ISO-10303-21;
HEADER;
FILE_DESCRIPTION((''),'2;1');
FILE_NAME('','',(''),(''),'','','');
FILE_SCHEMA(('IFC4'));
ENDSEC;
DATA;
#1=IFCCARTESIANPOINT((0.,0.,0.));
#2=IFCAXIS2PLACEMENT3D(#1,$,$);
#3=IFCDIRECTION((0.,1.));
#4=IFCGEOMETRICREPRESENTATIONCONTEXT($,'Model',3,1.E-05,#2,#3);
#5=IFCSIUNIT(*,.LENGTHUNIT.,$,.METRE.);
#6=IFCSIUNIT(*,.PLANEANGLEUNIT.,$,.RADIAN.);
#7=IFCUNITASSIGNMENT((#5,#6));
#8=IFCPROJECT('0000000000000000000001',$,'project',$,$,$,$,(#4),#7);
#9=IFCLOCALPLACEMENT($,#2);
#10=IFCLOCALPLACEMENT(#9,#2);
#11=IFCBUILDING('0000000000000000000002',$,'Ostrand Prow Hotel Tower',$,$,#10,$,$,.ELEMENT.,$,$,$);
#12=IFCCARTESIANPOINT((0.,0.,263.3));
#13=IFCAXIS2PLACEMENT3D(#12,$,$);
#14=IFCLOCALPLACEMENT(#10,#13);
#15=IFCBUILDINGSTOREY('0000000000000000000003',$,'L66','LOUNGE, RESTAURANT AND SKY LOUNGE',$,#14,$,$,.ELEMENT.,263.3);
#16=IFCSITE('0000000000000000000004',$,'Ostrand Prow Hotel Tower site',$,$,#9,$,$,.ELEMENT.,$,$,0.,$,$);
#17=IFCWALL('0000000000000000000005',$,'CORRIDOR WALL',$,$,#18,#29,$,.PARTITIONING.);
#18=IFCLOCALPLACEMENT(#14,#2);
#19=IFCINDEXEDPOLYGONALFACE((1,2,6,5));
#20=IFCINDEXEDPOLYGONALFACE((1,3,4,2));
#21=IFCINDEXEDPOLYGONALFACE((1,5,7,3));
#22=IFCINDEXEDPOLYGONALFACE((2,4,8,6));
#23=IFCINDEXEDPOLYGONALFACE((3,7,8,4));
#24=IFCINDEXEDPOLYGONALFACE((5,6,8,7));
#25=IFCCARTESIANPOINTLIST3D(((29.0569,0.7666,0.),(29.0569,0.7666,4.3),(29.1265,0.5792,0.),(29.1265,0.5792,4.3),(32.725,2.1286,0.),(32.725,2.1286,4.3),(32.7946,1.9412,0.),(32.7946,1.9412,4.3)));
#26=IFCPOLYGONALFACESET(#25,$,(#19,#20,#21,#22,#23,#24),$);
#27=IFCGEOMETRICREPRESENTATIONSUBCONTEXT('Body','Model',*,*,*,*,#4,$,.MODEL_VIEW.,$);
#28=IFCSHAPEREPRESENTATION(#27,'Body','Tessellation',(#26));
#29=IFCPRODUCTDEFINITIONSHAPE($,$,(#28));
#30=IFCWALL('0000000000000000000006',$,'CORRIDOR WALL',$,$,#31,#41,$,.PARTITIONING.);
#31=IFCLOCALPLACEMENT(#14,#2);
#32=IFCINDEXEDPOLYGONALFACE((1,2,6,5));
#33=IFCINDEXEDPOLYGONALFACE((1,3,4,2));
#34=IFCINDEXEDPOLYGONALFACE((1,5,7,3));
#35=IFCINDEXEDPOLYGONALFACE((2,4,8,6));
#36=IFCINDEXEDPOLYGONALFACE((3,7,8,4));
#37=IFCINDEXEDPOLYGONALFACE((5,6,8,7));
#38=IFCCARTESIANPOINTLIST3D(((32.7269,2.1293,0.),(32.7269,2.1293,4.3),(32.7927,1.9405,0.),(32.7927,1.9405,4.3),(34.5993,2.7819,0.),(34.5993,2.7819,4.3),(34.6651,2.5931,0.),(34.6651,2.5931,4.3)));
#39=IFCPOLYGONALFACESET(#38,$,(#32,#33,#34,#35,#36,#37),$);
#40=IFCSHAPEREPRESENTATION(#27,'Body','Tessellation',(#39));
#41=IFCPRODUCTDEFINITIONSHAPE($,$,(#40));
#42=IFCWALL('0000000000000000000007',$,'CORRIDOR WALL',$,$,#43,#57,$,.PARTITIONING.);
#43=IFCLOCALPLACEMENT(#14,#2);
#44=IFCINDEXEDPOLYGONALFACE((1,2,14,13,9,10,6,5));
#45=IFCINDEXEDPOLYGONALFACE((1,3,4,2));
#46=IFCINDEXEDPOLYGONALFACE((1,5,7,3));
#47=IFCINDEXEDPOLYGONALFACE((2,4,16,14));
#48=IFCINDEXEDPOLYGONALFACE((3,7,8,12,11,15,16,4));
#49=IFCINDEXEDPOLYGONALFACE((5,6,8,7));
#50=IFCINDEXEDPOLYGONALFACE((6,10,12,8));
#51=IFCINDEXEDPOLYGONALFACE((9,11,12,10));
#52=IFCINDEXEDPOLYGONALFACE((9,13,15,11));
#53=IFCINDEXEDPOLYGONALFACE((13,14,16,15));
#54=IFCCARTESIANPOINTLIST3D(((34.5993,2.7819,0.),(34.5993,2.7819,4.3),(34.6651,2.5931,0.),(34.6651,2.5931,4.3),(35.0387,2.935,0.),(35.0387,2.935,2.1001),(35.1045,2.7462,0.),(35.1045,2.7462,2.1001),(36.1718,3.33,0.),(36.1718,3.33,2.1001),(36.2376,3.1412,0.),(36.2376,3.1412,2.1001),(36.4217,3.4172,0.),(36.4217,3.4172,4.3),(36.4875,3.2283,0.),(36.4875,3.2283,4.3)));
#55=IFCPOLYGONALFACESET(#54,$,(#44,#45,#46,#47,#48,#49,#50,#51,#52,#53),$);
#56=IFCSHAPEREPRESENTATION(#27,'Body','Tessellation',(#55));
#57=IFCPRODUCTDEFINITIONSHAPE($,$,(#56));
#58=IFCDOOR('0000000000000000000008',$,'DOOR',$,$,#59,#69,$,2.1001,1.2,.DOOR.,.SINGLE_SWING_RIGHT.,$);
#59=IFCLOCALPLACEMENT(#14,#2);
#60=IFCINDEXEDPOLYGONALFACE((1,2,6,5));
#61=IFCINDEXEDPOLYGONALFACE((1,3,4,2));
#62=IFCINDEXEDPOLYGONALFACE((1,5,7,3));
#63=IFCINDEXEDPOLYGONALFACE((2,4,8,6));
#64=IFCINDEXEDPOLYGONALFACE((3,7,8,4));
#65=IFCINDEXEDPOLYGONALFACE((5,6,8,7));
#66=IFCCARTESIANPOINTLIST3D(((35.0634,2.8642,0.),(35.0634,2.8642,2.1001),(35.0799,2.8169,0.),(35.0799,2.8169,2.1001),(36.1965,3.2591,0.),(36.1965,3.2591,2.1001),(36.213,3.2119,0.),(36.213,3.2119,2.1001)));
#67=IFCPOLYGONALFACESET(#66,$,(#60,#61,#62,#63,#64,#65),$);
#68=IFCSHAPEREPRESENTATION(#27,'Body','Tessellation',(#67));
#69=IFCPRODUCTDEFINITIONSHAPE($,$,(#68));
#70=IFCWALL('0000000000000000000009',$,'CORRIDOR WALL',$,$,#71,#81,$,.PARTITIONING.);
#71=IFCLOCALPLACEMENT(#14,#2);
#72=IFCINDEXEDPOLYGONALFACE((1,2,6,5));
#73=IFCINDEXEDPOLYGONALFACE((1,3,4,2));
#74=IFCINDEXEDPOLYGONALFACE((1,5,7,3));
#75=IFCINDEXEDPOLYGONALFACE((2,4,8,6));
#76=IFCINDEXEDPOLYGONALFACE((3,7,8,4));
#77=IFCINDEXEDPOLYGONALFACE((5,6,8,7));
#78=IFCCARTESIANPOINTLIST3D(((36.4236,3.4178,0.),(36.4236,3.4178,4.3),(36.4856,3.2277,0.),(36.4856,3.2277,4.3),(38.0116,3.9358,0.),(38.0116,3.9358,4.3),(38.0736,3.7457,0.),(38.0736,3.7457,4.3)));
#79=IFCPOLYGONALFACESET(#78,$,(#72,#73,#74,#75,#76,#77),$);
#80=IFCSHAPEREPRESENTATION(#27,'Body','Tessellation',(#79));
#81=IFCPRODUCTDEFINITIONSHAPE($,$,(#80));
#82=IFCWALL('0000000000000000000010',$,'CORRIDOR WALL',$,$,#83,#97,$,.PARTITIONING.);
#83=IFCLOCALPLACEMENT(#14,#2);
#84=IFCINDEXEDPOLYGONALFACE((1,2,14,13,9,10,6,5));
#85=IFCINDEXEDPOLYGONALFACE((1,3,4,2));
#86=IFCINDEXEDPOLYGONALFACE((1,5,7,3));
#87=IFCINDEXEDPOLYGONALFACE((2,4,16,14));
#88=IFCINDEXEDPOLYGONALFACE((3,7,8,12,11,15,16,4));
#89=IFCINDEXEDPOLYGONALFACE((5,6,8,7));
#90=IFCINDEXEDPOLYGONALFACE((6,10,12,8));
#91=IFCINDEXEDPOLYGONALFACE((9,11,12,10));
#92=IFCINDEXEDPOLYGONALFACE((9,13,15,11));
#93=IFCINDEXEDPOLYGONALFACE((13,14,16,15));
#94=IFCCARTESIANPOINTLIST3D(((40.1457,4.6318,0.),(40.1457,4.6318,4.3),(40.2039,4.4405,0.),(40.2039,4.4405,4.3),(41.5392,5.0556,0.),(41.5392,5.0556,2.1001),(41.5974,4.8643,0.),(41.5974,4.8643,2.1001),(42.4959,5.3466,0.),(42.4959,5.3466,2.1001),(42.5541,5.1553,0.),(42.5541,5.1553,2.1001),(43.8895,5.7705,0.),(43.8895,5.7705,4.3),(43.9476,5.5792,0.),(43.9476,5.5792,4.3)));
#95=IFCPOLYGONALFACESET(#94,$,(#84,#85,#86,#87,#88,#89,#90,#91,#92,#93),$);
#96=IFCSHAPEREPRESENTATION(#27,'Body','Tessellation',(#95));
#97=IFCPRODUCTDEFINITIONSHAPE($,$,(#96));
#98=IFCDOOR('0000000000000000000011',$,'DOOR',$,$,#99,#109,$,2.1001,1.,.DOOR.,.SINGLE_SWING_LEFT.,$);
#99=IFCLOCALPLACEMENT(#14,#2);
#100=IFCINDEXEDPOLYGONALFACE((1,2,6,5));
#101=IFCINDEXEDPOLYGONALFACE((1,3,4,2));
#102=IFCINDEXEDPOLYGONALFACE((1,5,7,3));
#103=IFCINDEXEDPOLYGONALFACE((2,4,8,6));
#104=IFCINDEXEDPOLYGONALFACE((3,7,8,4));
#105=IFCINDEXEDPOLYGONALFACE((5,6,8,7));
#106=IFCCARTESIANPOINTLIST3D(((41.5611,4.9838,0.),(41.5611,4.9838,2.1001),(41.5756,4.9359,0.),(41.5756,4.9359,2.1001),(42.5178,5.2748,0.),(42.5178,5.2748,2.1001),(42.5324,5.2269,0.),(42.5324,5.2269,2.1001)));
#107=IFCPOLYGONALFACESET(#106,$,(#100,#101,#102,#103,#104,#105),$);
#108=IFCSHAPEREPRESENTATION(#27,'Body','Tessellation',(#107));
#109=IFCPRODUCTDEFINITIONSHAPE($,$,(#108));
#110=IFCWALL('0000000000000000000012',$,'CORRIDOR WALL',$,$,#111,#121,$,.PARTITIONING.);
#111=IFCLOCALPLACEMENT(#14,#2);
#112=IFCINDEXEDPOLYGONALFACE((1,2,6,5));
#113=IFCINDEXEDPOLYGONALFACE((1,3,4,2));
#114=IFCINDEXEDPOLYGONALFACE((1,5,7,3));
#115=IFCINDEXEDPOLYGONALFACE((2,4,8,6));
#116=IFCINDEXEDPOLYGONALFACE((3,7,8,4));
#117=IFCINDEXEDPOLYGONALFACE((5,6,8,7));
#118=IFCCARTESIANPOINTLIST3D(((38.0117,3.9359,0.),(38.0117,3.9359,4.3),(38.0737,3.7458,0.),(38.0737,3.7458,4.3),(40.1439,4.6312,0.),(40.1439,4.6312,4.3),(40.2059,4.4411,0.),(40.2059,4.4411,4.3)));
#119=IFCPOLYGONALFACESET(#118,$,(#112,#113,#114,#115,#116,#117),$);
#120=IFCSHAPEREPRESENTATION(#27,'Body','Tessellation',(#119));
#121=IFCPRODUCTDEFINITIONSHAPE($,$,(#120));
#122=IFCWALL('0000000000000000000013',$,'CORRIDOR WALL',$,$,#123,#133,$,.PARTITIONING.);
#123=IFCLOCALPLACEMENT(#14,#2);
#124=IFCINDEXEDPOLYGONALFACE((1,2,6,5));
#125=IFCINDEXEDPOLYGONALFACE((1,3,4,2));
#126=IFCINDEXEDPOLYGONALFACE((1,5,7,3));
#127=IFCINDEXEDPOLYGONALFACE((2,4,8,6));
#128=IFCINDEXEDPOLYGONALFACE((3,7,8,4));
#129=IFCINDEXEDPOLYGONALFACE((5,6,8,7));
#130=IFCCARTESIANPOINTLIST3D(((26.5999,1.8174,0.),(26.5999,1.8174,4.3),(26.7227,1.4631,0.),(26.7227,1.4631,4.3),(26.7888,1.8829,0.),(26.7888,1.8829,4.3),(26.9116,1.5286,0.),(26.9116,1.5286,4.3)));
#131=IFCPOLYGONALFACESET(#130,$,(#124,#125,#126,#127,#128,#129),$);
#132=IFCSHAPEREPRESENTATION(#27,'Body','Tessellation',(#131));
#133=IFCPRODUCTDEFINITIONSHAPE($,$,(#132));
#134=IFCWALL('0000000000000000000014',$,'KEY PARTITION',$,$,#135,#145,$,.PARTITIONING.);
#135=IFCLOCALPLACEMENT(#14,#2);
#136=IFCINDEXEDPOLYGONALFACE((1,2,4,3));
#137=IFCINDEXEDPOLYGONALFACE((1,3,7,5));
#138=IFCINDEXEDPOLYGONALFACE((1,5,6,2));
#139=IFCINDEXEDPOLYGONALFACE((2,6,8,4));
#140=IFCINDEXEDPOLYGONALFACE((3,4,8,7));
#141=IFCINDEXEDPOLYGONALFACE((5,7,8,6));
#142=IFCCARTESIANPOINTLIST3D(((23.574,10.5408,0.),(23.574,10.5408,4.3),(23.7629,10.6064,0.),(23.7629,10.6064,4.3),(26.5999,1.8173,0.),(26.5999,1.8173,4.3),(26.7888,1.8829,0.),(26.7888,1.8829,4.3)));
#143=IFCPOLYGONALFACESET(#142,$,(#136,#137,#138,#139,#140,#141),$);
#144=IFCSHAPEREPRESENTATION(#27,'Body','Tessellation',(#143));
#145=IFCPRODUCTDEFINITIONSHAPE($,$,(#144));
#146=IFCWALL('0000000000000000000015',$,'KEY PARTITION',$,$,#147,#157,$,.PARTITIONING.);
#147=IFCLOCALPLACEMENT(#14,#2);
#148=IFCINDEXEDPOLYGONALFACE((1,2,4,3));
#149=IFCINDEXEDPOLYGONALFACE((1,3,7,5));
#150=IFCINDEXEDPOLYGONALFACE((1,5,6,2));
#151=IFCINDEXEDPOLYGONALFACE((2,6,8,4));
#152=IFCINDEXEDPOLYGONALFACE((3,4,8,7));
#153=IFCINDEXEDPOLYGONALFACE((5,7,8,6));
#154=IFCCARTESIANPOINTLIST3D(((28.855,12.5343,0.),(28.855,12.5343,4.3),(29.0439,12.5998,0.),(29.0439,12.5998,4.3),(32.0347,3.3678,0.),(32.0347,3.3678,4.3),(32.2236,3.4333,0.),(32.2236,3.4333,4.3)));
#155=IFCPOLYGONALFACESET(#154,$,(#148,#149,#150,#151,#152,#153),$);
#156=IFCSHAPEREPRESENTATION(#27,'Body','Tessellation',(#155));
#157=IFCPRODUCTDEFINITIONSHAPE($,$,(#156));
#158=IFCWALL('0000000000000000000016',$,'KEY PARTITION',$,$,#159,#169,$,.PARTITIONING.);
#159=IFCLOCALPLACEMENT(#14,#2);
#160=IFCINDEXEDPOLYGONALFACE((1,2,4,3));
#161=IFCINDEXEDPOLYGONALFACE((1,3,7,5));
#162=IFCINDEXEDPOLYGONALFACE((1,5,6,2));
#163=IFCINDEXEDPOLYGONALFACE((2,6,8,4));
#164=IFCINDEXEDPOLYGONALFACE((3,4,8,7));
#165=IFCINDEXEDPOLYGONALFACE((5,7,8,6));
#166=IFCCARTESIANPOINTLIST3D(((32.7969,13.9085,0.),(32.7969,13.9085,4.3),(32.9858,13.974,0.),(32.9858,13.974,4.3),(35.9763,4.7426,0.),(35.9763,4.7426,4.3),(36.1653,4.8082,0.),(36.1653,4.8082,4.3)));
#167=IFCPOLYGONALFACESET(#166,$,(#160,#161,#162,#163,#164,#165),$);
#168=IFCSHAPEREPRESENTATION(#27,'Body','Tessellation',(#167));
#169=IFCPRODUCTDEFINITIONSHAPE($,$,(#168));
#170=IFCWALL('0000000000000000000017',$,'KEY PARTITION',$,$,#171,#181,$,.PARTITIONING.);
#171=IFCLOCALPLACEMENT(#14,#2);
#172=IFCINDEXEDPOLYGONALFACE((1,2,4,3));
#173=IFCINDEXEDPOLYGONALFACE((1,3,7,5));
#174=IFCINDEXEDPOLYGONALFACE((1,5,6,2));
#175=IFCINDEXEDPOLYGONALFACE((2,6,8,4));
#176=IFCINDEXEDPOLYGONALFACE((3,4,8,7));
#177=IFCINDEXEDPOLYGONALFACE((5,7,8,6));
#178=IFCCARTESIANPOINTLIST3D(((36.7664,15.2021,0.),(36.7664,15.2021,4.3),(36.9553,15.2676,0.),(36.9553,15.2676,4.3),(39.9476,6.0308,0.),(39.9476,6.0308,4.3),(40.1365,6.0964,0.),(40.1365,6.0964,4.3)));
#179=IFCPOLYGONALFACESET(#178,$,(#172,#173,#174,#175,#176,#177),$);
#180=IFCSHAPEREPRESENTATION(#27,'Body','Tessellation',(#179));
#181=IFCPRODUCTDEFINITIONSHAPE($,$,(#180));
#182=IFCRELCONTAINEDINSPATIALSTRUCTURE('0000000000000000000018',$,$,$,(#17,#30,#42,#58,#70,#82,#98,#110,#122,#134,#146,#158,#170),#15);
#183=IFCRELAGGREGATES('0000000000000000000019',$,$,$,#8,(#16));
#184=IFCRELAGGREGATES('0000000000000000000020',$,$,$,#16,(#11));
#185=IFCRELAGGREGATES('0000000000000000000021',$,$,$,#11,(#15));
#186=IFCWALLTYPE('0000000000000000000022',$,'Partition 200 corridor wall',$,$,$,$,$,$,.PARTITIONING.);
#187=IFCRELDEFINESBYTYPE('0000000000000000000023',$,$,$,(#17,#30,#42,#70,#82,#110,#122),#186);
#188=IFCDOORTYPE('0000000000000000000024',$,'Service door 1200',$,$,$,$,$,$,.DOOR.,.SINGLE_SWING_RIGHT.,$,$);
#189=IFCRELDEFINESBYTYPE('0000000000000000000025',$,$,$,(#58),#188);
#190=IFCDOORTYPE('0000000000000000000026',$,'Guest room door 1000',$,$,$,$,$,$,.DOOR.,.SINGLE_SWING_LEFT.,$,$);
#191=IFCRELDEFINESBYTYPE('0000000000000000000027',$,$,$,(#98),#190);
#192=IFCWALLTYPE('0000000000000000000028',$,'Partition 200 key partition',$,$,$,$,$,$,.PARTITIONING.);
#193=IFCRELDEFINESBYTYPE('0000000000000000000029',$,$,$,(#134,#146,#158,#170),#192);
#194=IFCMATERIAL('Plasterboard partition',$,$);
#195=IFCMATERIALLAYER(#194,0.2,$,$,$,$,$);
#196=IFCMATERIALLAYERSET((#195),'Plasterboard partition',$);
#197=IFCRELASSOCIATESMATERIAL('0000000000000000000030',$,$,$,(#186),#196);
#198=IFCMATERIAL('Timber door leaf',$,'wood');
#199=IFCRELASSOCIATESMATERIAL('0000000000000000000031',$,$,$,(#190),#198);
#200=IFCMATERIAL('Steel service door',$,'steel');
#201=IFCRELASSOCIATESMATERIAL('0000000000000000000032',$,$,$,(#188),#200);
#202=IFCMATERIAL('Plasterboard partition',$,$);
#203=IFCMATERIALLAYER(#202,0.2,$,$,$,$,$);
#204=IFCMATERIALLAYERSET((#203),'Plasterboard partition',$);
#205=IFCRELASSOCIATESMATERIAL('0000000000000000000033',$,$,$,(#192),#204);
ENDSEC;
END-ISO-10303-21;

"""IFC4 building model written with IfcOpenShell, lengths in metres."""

from ifc_helpers import new_model, si_unit, direction, frame, frame_2d, origin, place, context, subcontext, project, spatial, rectangle, extrude, material, layer, layer_set, type_object, element, fill, save


model = new_model("IFC4")

# Units and contexts
model_context = context("Model", 3, precision=1e-05, world=origin(), true_north=direction((0.0, 1.0)))
body_context = subcontext(model_context, "Body", "Model", "MODEL_VIEW")
ifc_project = project(units=[si_unit("LENGTHUNIT", "METRE"), si_unit("PLANEANGLEUNIT", "RADIAN")], contexts=[model_context])

# Site, building, storey
site_placement = place(None, origin())
site = spatial("IfcSite", under=ifc_project, at=site_placement, Name="Ostrand Prow Hotel Tower site", CompositionType="ELEMENT", RefElevation=0.0)
building_placement = place(site_placement, origin())
building = spatial("IfcBuilding", under=site, at=building_placement, Name="Ostrand Prow Hotel Tower", CompositionType="ELEMENT")
storey_placement = place(building_placement, frame((0.0, 0.0, 263.3)))
storey = spatial("IfcBuildingStorey", under=building, at=storey_placement, Name="L66", Description="LOUNGE, RESTAURANT AND SKY LOUNGE", CompositionType="ELEMENT", Elevation=263.3)

# Shared definitions
ifc_material_1 = material(Name="Plasterboard partition")
ifc_layer_1 = layer(ifc_material_1, 0.2)
ifc_layer_set_1 = layer_set([ifc_layer_1], Name="Plasterboard partition")
wall_type_1 = type_object("IfcWallType", Name="Partition 200 corridor wall", PredefinedType="PARTITIONING", material=ifc_layer_set_1)
ifc_material_2 = material(Name="Timber door leaf", Category="wood")
door_type_1 = type_object("IfcDoorType", Name="Guest room door 1000", OperationType="SINGLE_SWING_LEFT", PredefinedType="DOOR", material=ifc_material_2)

# Walls
wall_1_placement = place(storey_placement, frame((29.0916, 0.6729, 0.0), z_axis=(0.0, 0.0, 1.0), x_axis=(0.93746, 0.348093, 0.0)))
element("IfcWall", 1, at=wall_1_placement, inside=storey, type_object=wall_type_1, Name="CORRIDOR WALL", PredefinedType="PARTITIONING", context=body_context, shape_type="SweptSolid", body=[
    extrude(rectangle(XDim=3.9128, YDim=0.2, at=frame_2d((1.9565, 0.0))), origin(), (0.0, 0.0, 1.0), 4.3),
])
wall_2_placement = place(storey_placement, frame((32.7598, 2.0349, 0.0), z_axis=(0.0, 0.0, 1.0), x_axis=(0.944299, 0.329089, 0.0)))
element("IfcWall", 2, at=wall_2_placement, inside=storey, type_object=wall_type_1, Name="CORRIDOR WALL", PredefinedType="PARTITIONING", context=body_context, shape_type="SweptSolid", body=[
    extrude(rectangle(XDim=1.9829, YDim=0.2, at=frame_2d((0.9915, 0.0))), origin(), (0.0, 0.0, 1.0), 4.3),
])

# Wall, opening, door
wall_3_placement = place(storey_placement, frame((34.6323, 2.6875, 0.0), z_axis=(0.0, 0.0, 1.0), x_axis=(0.944268, 0.329178, 0.0)))
wall_3 = element("IfcWall", 3, at=wall_3_placement, inside=storey, type_object=wall_type_1, Name="CORRIDOR WALL", PredefinedType="PARTITIONING", context=body_context, shape_type="SweptSolid", body=[
    extrude(rectangle(XDim=1.9299, YDim=0.2, at=frame_2d((0.9648, 0.0))), origin(), (0.0, 0.0, 1.0), 4.3),
])
opening_1_placement = place(wall_3_placement, frame((0.4651, 0.0, 0.0)))
opening_1 = element("IfcOpeningElement", 4, at=opening_1_placement, cuts=wall_3, PredefinedType="OPENING", context=body_context, shape_type="SweptSolid", body=[
    extrude(rectangle(XDim=1.2, YDim=2.1001, at=frame_2d((0.6001, 1.05))), frame((0.0, 0.1099, 0.0), z_axis=(0.0, -1.0, 0.0), x_axis=(1.0, 0.0, 0.0)), (0.0, 0.0, 1.0), 0.22),
])
ifc_material_3 = material(Name="Steel service door", Category="steel")
door_type_2 = type_object("IfcDoorType", Name="Service door 1200", OperationType="SINGLE_SWING_RIGHT", PredefinedType="DOOR", material=ifc_material_3)
door_1_placement = place(opening_1_placement, origin())
door_1 = element("IfcDoor", 5, at=door_1_placement, inside=storey, type_object=door_type_2, Name="DOOR", OperationType="SINGLE_SWING_RIGHT", OverallHeight=2.1001, OverallWidth=1.2, PredefinedType="DOOR", context=body_context, shape_type="SweptSolid", body=[
    extrude(rectangle(XDim=1.2, YDim=2.1001, at=frame_2d((0.6001, 1.05))), frame((0.0, 0.0249, 0.0), z_axis=(0.0, -1.0, 0.0), x_axis=(1.0, 0.0, 0.0)), (0.0, 0.0, 1.0), 0.05),
])
fill(opening_1, door_1)

# Wall
wall_4_placement = place(storey_placement, frame((36.4546, 3.3228, 0.0), z_axis=(0.0, 0.0, 1.0), x_axis=(0.950695, 0.310127, 0.0)))
element("IfcWall", 6, at=wall_4_placement, inside=storey, type_object=wall_type_1, Name="CORRIDOR WALL", PredefinedType="PARTITIONING", context=body_context, shape_type="SweptSolid", body=[
    extrude(rectangle(XDim=1.6704, YDim=0.2, at=frame_2d((0.8352, 0.0))), origin(), (0.0, 0.0, 1.0), 4.3),
])

# Wall, opening, door
wall_5_placement = place(storey_placement, frame((40.1748, 4.5361, 0.0), z_axis=(0.0, 0.0, 1.0), x_axis=(0.956724, 0.290998, 0.0)))
wall_5 = element("IfcWall", 7, at=wall_5_placement, inside=storey, type_object=wall_type_1, Name="CORRIDOR WALL", PredefinedType="PARTITIONING", context=body_context, shape_type="SweptSolid", body=[
    extrude(rectangle(XDim=3.9131, YDim=0.2, at=frame_2d((1.9565, 0.0))), origin(), (0.0, 0.0, 1.0), 4.3),
])
opening_2_placement = place(wall_5_placement, frame((1.4565, 0.0, 0.0)))
opening_2 = element("IfcOpeningElement", 8, at=opening_2_placement, cuts=wall_5, PredefinedType="OPENING", context=body_context, shape_type="SweptSolid", body=[
    extrude(rectangle(XDim=1.0, YDim=2.1001, at=frame_2d((0.5, 1.05))), frame((0.0, 0.1099, 0.0), z_axis=(0.0, -1.0, 0.0), x_axis=(1.0, 0.0, 0.0)), (0.0, 0.0, 1.0), 0.22),
])
door_2_placement = place(opening_2_placement, origin())
door_2 = element("IfcDoor", 9, at=door_2_placement, inside=storey, type_object=door_type_1, Name="DOOR", OperationType="SINGLE_SWING_LEFT", OverallHeight=2.1001, OverallWidth=1.0, PredefinedType="DOOR", context=body_context, shape_type="SweptSolid", body=[
    extrude(rectangle(XDim=1.0, YDim=2.1001, at=frame_2d((0.5, 1.05))), frame((0.0, 0.0249, 0.0), z_axis=(0.0, -1.0, 0.0), x_axis=(1.0, 0.0, 0.0)), (0.0, 0.0, 1.0), 0.05),
])
fill(opening_2, door_2)

# Walls
wall_6_placement = place(storey_placement, frame((38.0427, 3.8408, 0.0), z_axis=(0.0, 0.0, 1.0), x_axis=(0.950721, 0.310048, 0.0)))
element("IfcWall", 10, at=wall_6_placement, inside=storey, type_object=wall_type_1, Name="CORRIDOR WALL", PredefinedType="PARTITIONING", context=body_context, shape_type="SweptSolid", body=[
    extrude(rectangle(XDim=2.2427, YDim=0.2, at=frame_2d((1.1213, 0.0))), origin(), (0.0, 0.0, 1.0), 4.3),
])
wall_7_placement = place(storey_placement, frame((26.8171, 1.4958, 0.0), z_axis=(0.0, 0.0, 1.0), x_axis=(-0.327535, 0.944839, 0.0)))
element("IfcWall", 11, at=wall_7_placement, inside=storey, type_object=wall_type_1, Name="CORRIDOR WALL", PredefinedType="PARTITIONING", context=body_context, shape_type="SweptSolid", body=[
    extrude(rectangle(XDim=0.375, YDim=0.2, at=frame_2d((0.1875, 0.0))), origin(), (0.0, 0.0, 1.0), 4.3),
])
ifc_material_4 = material(Name="Plasterboard partition")
ifc_layer_2 = layer(ifc_material_4, 0.2)
ifc_layer_set_2 = layer_set([ifc_layer_2], Name="Plasterboard partition")
wall_type_2 = type_object("IfcWallType", Name="Partition 200 key partition", PredefinedType="PARTITIONING", material=ifc_layer_set_2)
wall_8_placement = place(storey_placement, frame((26.6943, 1.8501, 0.0), z_axis=(0.0, 0.0, 1.0), x_axis=(-0.327714, 0.944777, 0.0)))
element("IfcWall", 12, at=wall_8_placement, inside=storey, type_object=wall_type_2, Name="KEY PARTITION", PredefinedType="PARTITIONING", context=body_context, shape_type="SweptSolid", body=[
    extrude(rectangle(XDim=9.2334, YDim=0.2, at=frame_2d((4.6167, 0.0))), origin(), (0.0, 0.0, 1.0), 4.3),
])
wall_9_placement = place(storey_placement, frame((32.1292, 3.4006, 0.0), z_axis=(0.0, 0.0, 1.0), x_axis=(-0.327724, 0.944773, 0.0)))
element("IfcWall", 13, at=wall_9_placement, inside=storey, type_object=wall_type_2, Name="KEY PARTITION", PredefinedType="PARTITIONING", context=body_context, shape_type="SweptSolid", body=[
    extrude(rectangle(XDim=9.7024, YDim=0.2, at=frame_2d((4.8511, 0.0))), origin(), (0.0, 0.0, 1.0), 4.3),
])
wall_10_placement = place(storey_placement, frame((36.0708, 4.7754, 0.0), z_axis=(0.0, 0.0, 1.0), x_axis=(-0.327725, 0.944773, 0.0)))
element("IfcWall", 14, at=wall_10_placement, inside=storey, type_object=wall_type_2, Name="KEY PARTITION", PredefinedType="PARTITIONING", context=body_context, shape_type="SweptSolid", body=[
    extrude(rectangle(XDim=9.7017, YDim=0.2, at=frame_2d((4.8508, 0.0))), origin(), (0.0, 0.0, 1.0), 4.3),
])
wall_11_placement = place(storey_placement, frame((40.042, 6.0637, 0.0), z_axis=(0.0, 0.0, 1.0), x_axis=(-0.327711, 0.944778, 0.0)))
element("IfcWall", 15, at=wall_11_placement, inside=storey, type_object=wall_type_2, Name="KEY PARTITION", PredefinedType="PARTITIONING", context=body_context, shape_type="SweptSolid", body=[
    extrude(rectangle(XDim=9.7073, YDim=0.2, at=frame_2d((4.8535, 0.0))), origin(), (0.0, 0.0, 1.0), 4.3),
])

save(model, "model.ifc")
